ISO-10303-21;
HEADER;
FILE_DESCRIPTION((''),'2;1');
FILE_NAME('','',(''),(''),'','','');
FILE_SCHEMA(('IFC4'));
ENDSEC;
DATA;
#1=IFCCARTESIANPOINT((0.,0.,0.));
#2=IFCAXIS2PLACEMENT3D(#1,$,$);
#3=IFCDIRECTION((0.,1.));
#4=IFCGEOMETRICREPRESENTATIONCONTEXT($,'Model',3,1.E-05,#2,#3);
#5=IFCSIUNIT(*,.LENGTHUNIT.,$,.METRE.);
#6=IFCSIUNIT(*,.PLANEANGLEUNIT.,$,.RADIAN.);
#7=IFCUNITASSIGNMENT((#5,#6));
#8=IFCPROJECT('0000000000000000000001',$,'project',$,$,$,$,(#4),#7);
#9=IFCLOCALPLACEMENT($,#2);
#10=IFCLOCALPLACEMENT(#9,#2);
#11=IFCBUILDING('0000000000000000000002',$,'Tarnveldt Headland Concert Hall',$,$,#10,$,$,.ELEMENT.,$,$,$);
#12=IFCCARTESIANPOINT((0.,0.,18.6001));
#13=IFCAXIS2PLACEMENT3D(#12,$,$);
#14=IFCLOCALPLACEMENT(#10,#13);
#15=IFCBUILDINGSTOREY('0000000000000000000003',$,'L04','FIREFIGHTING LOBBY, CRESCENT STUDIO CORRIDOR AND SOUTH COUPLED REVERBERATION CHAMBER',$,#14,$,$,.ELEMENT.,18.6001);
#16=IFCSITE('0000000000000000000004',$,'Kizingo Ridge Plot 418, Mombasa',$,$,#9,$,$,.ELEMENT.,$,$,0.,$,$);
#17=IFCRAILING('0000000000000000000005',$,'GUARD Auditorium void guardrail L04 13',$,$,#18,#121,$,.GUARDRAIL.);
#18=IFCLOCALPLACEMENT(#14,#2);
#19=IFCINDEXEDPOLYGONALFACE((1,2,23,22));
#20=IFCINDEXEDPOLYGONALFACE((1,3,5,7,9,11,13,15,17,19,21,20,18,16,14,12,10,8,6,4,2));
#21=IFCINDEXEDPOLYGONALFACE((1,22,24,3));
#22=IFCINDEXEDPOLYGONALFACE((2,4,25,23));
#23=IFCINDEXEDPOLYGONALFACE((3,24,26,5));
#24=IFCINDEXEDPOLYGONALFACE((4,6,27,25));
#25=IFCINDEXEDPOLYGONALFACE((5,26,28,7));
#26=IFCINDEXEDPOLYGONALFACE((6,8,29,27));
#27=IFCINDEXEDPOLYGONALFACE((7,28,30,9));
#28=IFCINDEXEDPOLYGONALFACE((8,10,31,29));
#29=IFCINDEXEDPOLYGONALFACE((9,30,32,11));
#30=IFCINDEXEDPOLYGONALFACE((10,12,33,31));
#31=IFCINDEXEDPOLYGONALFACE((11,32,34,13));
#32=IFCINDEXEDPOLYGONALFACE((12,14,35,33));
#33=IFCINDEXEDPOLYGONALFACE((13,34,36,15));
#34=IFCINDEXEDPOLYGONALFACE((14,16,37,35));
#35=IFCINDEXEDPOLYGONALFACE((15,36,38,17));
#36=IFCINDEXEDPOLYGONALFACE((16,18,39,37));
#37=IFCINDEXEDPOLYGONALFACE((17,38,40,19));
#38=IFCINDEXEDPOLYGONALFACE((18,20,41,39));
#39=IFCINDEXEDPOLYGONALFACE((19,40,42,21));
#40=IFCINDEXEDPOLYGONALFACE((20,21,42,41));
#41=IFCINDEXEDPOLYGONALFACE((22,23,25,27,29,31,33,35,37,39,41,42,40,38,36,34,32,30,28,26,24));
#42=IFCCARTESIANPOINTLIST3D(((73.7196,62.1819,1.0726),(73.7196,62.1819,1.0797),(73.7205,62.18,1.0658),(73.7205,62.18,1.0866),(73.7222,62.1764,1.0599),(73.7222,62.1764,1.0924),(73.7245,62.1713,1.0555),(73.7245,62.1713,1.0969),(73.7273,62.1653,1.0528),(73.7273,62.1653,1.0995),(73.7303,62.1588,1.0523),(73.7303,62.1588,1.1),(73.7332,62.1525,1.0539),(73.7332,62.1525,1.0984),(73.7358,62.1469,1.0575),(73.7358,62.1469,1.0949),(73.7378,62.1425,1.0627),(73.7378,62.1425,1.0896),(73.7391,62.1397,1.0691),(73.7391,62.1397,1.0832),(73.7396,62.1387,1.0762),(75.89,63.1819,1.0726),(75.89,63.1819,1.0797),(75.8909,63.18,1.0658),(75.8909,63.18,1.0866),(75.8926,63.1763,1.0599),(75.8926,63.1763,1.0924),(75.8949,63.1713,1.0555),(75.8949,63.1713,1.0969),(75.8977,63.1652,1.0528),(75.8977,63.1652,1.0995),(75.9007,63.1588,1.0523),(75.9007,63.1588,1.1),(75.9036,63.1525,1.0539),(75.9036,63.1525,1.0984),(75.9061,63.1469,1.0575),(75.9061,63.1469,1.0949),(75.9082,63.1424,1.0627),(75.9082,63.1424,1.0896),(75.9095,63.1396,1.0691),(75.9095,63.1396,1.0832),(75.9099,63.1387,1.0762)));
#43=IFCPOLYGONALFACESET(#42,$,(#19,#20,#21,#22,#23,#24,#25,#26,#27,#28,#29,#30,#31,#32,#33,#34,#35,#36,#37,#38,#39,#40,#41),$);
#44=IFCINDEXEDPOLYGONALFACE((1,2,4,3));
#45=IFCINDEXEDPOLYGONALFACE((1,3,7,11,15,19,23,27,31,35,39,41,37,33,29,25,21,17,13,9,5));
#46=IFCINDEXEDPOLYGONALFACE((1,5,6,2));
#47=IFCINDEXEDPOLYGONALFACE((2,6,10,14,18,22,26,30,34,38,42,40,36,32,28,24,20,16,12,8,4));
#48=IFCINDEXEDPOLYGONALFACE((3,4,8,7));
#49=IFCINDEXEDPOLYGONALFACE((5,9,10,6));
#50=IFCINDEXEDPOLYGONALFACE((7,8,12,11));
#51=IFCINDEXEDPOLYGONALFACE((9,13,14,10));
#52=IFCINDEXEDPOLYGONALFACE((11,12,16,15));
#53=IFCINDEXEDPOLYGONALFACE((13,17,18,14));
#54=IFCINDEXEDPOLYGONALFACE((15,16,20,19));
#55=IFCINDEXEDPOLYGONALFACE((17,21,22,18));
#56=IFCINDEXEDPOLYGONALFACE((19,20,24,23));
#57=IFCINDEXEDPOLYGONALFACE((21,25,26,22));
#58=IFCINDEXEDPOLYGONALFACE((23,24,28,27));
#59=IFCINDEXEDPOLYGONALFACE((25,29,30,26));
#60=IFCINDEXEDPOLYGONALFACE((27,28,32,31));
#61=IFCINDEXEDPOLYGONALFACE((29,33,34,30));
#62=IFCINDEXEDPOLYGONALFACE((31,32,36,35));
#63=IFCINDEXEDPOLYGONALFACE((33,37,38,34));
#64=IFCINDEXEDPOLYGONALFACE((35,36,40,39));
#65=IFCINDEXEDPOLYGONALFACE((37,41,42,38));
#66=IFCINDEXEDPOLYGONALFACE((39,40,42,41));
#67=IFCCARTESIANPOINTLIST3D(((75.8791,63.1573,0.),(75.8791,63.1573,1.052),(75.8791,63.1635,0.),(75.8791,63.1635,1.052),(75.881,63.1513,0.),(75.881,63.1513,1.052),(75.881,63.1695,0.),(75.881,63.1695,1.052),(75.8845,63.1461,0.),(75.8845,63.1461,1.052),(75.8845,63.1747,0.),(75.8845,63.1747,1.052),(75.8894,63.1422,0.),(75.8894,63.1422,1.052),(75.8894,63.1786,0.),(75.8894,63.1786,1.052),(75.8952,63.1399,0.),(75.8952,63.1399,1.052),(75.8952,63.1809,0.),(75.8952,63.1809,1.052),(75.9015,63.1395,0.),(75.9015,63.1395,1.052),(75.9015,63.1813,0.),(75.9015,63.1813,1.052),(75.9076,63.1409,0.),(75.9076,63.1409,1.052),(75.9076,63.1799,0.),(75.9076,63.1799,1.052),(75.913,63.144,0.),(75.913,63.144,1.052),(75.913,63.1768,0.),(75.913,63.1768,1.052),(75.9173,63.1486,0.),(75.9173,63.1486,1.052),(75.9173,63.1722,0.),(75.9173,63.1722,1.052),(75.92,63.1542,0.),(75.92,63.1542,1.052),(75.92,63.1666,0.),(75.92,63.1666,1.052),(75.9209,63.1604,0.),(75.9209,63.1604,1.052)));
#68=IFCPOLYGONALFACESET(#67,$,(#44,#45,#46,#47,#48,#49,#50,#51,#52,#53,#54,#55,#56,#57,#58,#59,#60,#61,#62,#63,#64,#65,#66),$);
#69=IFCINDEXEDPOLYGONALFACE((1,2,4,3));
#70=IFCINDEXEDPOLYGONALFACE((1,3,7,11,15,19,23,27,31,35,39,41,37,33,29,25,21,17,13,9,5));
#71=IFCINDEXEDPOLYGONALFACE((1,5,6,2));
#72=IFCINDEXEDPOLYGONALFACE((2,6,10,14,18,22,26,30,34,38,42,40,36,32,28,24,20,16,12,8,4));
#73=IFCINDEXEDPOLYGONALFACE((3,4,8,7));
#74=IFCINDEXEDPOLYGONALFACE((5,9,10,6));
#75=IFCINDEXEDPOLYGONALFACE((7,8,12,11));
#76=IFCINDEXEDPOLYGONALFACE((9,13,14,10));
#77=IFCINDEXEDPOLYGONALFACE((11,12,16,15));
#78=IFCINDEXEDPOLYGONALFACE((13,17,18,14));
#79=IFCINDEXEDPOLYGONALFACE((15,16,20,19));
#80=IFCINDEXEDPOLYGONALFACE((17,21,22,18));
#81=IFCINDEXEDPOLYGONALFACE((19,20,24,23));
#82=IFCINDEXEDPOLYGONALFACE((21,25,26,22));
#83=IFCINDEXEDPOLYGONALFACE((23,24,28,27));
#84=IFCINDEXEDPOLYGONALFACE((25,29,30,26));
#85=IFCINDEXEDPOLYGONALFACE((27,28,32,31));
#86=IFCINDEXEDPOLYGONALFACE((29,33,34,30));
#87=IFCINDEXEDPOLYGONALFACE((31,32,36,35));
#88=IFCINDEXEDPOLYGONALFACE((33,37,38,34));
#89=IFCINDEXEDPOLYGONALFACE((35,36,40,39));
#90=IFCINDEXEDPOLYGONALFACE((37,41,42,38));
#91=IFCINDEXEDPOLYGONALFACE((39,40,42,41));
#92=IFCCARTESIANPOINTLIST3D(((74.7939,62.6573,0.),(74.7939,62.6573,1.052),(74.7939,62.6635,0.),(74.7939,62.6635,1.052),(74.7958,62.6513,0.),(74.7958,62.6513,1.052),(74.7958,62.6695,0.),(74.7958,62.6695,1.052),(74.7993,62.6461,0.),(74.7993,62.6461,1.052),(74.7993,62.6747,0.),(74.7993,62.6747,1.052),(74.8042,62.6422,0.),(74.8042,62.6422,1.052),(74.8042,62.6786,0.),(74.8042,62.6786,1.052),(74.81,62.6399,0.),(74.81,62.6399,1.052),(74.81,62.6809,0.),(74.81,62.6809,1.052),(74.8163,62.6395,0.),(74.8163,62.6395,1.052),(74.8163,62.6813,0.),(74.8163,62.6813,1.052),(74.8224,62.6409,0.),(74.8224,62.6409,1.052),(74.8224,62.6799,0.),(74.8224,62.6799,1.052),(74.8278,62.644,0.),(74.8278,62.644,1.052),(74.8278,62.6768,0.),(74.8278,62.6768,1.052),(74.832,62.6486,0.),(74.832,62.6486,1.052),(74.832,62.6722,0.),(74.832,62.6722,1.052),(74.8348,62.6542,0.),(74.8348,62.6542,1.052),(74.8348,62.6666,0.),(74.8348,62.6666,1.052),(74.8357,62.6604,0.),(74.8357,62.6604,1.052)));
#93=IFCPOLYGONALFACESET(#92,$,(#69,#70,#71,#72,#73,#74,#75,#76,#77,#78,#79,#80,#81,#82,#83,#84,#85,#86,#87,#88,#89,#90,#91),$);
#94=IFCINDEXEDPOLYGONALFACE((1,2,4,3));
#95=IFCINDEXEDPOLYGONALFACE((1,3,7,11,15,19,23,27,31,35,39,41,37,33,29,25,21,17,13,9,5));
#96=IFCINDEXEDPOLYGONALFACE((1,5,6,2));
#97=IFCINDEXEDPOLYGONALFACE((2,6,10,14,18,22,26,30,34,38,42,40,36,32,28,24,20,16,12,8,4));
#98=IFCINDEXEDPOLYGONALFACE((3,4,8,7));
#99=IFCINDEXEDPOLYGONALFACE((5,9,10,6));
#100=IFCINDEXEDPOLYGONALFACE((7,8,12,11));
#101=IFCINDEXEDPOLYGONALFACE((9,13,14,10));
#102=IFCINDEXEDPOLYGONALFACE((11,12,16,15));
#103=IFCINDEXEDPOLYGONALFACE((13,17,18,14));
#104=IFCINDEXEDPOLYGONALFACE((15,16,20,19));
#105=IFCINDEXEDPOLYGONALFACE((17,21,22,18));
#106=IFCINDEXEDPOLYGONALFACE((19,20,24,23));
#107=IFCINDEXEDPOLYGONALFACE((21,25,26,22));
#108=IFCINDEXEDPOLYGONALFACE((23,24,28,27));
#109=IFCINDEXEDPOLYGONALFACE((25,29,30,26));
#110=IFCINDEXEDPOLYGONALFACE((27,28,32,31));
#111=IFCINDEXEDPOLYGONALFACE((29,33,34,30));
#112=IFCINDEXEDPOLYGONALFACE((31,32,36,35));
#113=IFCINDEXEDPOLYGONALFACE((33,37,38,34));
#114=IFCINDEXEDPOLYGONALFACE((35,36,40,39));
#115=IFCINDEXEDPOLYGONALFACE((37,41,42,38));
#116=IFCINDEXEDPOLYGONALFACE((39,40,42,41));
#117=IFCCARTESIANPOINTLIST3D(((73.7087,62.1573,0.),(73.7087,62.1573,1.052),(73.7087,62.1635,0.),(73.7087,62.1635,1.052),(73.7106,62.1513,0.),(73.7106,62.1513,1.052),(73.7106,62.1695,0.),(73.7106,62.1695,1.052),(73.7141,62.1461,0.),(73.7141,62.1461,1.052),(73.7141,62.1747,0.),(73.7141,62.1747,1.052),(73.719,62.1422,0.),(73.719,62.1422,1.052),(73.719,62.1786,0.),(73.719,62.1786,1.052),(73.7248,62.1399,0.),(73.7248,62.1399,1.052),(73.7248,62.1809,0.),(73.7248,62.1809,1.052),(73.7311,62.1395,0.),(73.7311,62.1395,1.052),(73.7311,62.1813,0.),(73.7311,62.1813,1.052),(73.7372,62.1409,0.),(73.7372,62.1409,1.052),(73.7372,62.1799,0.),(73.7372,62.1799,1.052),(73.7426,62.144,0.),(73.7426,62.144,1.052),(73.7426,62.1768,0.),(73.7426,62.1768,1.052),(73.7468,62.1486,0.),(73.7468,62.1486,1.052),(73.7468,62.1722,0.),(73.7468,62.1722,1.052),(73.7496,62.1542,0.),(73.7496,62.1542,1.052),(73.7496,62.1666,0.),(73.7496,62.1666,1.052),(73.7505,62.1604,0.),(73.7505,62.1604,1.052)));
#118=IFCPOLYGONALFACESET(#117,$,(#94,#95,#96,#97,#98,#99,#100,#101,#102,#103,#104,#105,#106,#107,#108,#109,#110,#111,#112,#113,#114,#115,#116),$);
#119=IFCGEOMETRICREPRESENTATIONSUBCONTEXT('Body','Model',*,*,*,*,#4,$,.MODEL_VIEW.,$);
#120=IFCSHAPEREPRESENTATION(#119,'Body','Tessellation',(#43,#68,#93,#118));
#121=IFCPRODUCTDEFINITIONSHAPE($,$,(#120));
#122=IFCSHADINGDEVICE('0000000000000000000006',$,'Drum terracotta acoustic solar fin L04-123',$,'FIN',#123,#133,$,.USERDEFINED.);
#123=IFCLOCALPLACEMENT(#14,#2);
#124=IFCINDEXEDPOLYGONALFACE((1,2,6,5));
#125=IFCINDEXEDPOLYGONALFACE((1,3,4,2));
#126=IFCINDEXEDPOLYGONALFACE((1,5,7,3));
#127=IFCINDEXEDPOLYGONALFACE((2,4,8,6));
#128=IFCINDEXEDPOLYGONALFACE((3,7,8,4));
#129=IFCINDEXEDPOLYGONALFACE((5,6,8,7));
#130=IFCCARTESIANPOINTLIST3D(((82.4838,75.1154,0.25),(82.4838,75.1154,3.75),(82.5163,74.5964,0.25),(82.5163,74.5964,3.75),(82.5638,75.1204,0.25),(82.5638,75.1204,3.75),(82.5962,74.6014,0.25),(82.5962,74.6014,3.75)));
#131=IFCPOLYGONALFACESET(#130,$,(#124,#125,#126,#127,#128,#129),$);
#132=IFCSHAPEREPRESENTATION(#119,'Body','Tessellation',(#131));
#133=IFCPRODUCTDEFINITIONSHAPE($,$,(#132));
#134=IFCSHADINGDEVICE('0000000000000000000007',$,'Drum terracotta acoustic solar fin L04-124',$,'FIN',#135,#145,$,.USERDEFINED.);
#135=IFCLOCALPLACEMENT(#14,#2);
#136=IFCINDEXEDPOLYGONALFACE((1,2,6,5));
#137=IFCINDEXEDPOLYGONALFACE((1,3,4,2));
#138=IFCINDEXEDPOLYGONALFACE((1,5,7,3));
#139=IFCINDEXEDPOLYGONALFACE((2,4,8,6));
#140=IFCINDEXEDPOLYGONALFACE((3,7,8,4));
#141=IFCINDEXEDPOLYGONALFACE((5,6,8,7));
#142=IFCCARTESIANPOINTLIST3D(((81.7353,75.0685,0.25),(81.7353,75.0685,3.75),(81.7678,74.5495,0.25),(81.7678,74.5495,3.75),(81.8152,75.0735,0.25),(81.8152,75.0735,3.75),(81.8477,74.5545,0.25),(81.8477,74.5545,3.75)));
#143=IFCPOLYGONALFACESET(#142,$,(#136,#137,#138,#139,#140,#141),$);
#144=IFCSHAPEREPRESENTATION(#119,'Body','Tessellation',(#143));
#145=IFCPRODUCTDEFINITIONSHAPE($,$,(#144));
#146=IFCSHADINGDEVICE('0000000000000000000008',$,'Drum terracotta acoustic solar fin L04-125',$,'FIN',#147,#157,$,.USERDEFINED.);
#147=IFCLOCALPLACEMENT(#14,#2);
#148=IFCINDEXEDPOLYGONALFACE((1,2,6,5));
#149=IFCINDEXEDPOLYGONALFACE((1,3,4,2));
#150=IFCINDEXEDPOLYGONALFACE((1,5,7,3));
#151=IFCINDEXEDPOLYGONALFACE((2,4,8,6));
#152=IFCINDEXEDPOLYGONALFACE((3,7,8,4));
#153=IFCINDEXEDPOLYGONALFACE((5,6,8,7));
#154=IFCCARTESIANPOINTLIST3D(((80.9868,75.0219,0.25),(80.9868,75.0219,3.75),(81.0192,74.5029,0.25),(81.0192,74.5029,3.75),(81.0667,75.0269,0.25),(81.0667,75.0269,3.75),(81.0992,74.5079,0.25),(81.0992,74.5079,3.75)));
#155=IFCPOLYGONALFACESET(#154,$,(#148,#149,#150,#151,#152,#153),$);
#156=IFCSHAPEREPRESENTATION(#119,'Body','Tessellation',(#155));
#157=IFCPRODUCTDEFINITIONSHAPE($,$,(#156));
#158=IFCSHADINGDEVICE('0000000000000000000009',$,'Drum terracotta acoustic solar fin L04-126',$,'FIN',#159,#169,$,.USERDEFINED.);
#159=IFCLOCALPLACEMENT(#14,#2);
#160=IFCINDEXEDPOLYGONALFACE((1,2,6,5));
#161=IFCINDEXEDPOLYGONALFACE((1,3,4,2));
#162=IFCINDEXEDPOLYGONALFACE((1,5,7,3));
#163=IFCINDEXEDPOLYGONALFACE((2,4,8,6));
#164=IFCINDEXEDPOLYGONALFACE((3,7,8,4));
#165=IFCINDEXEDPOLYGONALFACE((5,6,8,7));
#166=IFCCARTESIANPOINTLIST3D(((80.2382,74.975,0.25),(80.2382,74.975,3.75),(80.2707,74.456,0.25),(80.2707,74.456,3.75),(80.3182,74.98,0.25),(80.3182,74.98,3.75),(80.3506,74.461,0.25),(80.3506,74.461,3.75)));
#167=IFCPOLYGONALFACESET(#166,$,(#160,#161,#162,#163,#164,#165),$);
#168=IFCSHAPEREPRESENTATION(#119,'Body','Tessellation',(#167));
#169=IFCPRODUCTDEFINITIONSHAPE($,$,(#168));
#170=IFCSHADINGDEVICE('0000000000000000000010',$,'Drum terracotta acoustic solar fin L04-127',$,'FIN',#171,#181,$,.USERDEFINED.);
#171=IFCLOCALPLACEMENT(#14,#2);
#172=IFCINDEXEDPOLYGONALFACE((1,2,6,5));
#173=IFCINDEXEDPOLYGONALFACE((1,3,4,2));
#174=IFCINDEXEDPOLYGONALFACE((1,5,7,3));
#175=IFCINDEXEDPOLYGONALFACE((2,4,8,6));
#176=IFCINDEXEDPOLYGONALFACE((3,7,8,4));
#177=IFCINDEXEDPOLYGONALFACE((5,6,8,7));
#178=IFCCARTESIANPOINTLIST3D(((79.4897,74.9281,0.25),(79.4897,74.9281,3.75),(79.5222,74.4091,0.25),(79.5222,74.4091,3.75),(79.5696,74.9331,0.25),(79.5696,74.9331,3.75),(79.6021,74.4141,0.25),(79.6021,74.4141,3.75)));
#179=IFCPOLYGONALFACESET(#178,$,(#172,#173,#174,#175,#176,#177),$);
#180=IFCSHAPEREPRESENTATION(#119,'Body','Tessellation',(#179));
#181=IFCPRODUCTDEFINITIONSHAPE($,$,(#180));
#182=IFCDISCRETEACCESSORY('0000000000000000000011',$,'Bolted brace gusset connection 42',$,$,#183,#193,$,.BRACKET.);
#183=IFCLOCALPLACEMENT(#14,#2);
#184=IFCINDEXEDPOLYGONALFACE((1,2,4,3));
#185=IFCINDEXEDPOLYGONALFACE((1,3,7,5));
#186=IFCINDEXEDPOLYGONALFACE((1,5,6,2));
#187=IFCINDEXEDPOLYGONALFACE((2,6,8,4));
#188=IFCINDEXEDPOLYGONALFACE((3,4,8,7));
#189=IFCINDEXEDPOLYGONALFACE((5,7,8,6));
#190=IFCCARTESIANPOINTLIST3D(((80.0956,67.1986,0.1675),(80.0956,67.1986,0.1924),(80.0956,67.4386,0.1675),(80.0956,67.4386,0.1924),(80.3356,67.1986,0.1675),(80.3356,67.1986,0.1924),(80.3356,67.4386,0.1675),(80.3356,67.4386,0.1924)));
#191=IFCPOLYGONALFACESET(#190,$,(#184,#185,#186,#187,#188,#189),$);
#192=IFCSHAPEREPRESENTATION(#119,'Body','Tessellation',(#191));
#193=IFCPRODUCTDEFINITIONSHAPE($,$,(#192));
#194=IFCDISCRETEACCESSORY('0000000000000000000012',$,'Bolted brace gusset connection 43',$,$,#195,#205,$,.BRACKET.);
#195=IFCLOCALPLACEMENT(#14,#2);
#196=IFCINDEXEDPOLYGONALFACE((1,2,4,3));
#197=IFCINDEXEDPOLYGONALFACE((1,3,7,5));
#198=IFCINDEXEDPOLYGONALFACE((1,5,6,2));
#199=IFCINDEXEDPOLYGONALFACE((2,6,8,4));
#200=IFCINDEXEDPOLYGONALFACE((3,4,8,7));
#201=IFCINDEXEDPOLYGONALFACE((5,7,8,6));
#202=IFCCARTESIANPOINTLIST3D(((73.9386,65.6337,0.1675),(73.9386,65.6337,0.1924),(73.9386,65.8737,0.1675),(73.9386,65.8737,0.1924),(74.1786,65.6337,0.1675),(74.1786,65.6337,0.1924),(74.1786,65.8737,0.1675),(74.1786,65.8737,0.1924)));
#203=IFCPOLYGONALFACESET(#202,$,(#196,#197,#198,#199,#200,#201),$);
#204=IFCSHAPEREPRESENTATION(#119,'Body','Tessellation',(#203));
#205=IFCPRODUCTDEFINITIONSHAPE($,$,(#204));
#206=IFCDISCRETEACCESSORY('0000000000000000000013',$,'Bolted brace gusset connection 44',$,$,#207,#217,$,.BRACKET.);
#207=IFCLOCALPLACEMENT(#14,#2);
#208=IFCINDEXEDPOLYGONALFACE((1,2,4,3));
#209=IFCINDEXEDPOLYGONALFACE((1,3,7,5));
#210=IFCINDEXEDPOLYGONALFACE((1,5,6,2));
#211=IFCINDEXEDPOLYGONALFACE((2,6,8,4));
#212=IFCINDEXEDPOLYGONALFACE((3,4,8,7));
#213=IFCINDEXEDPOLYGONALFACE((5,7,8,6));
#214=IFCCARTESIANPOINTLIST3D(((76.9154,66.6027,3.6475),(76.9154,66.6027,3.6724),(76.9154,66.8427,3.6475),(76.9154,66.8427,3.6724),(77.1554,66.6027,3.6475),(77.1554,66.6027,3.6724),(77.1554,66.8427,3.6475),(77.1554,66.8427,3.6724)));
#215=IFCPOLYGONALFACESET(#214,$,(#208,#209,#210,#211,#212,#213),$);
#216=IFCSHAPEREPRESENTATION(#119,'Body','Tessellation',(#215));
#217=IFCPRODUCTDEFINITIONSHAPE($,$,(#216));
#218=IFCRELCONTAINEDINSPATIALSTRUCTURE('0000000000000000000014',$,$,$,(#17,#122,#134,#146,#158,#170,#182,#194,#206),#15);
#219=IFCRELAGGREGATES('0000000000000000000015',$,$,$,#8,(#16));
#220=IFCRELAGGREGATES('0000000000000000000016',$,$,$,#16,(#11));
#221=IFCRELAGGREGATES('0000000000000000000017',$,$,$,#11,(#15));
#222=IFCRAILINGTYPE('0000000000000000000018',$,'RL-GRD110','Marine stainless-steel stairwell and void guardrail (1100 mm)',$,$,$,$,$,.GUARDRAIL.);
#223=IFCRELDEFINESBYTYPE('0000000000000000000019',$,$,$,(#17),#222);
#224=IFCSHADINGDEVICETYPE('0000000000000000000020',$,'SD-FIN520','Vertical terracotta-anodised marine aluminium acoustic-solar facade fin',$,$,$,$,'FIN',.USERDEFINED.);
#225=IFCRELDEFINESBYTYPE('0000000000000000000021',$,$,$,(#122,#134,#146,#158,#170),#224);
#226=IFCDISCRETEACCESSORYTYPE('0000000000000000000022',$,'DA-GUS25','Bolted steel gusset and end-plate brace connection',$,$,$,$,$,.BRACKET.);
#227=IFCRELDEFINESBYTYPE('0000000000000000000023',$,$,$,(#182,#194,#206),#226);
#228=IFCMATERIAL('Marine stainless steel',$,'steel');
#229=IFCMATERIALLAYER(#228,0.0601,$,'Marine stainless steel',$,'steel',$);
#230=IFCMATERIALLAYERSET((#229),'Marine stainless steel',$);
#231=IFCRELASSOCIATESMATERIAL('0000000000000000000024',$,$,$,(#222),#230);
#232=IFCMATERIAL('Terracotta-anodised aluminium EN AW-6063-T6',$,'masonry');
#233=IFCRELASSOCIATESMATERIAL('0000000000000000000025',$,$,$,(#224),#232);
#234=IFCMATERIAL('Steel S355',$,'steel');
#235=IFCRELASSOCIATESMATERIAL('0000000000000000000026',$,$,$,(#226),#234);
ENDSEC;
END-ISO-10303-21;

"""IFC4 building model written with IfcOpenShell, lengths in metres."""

from ifc_helpers import new_model, si_unit, direction, frame, origin, origin_2d, place, context, subcontext, project, spatial, rectangle, circle, extrude, material, layer, layer_set, type_object, element, save


model = new_model("IFC4")

# Units and contexts
model_context = context("Model", 3, precision=1e-05, world=origin(), true_north=direction((0.0, 1.0)))
body_context = subcontext(model_context, "Body", "Model", "MODEL_VIEW")
ifc_project = project(units=[si_unit("LENGTHUNIT", "METRE"), si_unit("PLANEANGLEUNIT", "RADIAN")], contexts=[model_context])

# Site, building, storey
site_placement = place(None, origin())
site = spatial("IfcSite", under=ifc_project, at=site_placement, Name="Kizingo Ridge Plot 418, Mombasa", CompositionType="ELEMENT", RefElevation=0.0)
building_placement = place(site_placement, origin())
building = spatial("IfcBuilding", under=site, at=building_placement, Name="Tarnveldt Headland Concert Hall", CompositionType="ELEMENT")
storey_placement = place(building_placement, frame((0.0, 0.0, 18.6001)))
storey = spatial("IfcBuildingStorey", under=building, at=storey_placement, Name="L04", Description="FIREFIGHTING LOBBY, CRESCENT STUDIO CORRIDOR AND SOUTH COUPLED REVERBERATION CHAMBER", CompositionType="ELEMENT", Elevation=18.6001)

# Shared definitions
ifc_material_1 = material(Name="Steel S355", Category="steel")

# Railing
ifc_material_2 = material(Name="Marine stainless steel", Category="steel")
ifc_layer_1 = layer(ifc_material_2, 0.0601, Name="Marine stainless steel", Category="steel")
ifc_layer_set_1 = layer_set([ifc_layer_1], Name="Marine stainless steel")
railing_type = type_object("IfcRailingType", Name="RL-GRD110", Description="Marine stainless-steel stairwell and void guardrail (1100 mm)", PredefinedType="GUARDRAIL", material=ifc_layer_set_1)
railing_1_placement = place(storey_placement, frame((75.8999, 63.1604, 0.0)))
element("IfcRailing", 1, at=railing_1_placement, inside=storey, type_object=railing_type, Name="GUARD Auditorium void guardrail L04 13", PredefinedType="GUARDRAIL", context=body_context, shape_type="SweptSolid", body=[
    extrude(circle(Radius=0.0239, at=origin_2d()), frame((0.0, 0.0, 1.0762), z_axis=(-0.908234, -0.418462, 0.0), x_axis=(0.418462, -0.908234, 0.0)), (0.0, 0.0, 1.0), 2.3896),
    extrude(circle(Radius=0.021, at=origin_2d()), origin(), (0.0, 0.0, 1.0), 1.052),
    extrude(circle(Radius=0.021, at=origin_2d()), frame((-1.0852, -0.5, 0.0)), (0.0, 0.0, 1.0), 1.052),
    extrude(circle(Radius=0.021, at=origin_2d()), frame((-2.1704, -1.0, 0.0)), (0.0, 0.0, 1.0), 1.052),
])

# Shading devices
ifc_material_3 = material(Name="Terracotta-anodised aluminium EN AW-6063-T6", Category="masonry")
shading_device_type = type_object("IfcShadingDeviceType", Name="SD-FIN520", Description="Vertical terracotta-anodised marine aluminium acoustic-solar facade fin", ElementType="FIN", PredefinedType="USERDEFINED", material=ifc_material_3)
for number, where, z_axis, x_axis, name in (
    (2, (82.54, 74.8584, 0.25), (0.0, 0.0, 1.0), (-0.062442, 0.998049, 0.0), "Drum terracotta acoustic solar fin L04-123"),
    (3, (81.7915, 74.8115, 0.25), (0.0, 0.0, 1.0), (-0.062442, 0.998049, 0.0), "Drum terracotta acoustic solar fin L04-124"),
    (4, (81.043, 74.7649, 0.25), (0.0, 0.0, 1.0), (-0.062442, 0.998049, 0.0), "Drum terracotta acoustic solar fin L04-125"),
    (5, (80.2944, 74.718, 0.25), (0.0, 0.0, 1.0), (-0.062442, 0.998049, 0.0), "Drum terracotta acoustic solar fin L04-126"),
    (6, (79.5459, 74.6711, 0.25), (0.0, 0.0, 1.0), (-0.062442, 0.998049, 0.0), "Drum terracotta acoustic solar fin L04-127"),
):
    element("IfcShadingDevice", number, at=place(storey_placement, frame(where, z_axis=z_axis, x_axis=x_axis)), inside=storey, type_object=shading_device_type, Name=name, ObjectType="FIN", PredefinedType="USERDEFINED", context=body_context, shape_type="SweptSolid", body=[
        extrude(rectangle(XDim=0.52, YDim=0.0801, at=origin_2d()), origin(), (0.0, 0.0, 1.0), 3.5),
    ])

# Discrete accessories
discrete_accessory_type = type_object("IfcDiscreteAccessoryType", Name="DA-GUS25", Description="Bolted steel gusset and end-plate brace connection", PredefinedType="BRACKET", material=ifc_material_1)
for number, where, z_axis, x_axis, name in (
    (7, (80.2156, 67.3186, 0.1675), (0.0, 0.0, 1.0), (1.0, 0.0, 0.0), "Bolted brace gusset connection 42"),
    (8, (74.0586, 65.7537, 0.1675), (0.0, 0.0, 1.0), (1.0, 0.0, 0.0), "Bolted brace gusset connection 43"),
    (9, (77.0354, 66.7227, 3.6475), (0.0, 0.0, 1.0), (1.0, 0.0, 0.0), "Bolted brace gusset connection 44"),
):
    element("IfcDiscreteAccessory", number, at=place(storey_placement, frame(where, z_axis=z_axis, x_axis=x_axis)), inside=storey, type_object=discrete_accessory_type, Name=name, PredefinedType="BRACKET", context=body_context, shape_type="SweptSolid", body=[
        extrude(rectangle(XDim=0.24, YDim=0.24, at=origin_2d()), origin(), (0.0, 0.0, 1.0), 0.0249),
    ])

save(model, "model.ifc")
